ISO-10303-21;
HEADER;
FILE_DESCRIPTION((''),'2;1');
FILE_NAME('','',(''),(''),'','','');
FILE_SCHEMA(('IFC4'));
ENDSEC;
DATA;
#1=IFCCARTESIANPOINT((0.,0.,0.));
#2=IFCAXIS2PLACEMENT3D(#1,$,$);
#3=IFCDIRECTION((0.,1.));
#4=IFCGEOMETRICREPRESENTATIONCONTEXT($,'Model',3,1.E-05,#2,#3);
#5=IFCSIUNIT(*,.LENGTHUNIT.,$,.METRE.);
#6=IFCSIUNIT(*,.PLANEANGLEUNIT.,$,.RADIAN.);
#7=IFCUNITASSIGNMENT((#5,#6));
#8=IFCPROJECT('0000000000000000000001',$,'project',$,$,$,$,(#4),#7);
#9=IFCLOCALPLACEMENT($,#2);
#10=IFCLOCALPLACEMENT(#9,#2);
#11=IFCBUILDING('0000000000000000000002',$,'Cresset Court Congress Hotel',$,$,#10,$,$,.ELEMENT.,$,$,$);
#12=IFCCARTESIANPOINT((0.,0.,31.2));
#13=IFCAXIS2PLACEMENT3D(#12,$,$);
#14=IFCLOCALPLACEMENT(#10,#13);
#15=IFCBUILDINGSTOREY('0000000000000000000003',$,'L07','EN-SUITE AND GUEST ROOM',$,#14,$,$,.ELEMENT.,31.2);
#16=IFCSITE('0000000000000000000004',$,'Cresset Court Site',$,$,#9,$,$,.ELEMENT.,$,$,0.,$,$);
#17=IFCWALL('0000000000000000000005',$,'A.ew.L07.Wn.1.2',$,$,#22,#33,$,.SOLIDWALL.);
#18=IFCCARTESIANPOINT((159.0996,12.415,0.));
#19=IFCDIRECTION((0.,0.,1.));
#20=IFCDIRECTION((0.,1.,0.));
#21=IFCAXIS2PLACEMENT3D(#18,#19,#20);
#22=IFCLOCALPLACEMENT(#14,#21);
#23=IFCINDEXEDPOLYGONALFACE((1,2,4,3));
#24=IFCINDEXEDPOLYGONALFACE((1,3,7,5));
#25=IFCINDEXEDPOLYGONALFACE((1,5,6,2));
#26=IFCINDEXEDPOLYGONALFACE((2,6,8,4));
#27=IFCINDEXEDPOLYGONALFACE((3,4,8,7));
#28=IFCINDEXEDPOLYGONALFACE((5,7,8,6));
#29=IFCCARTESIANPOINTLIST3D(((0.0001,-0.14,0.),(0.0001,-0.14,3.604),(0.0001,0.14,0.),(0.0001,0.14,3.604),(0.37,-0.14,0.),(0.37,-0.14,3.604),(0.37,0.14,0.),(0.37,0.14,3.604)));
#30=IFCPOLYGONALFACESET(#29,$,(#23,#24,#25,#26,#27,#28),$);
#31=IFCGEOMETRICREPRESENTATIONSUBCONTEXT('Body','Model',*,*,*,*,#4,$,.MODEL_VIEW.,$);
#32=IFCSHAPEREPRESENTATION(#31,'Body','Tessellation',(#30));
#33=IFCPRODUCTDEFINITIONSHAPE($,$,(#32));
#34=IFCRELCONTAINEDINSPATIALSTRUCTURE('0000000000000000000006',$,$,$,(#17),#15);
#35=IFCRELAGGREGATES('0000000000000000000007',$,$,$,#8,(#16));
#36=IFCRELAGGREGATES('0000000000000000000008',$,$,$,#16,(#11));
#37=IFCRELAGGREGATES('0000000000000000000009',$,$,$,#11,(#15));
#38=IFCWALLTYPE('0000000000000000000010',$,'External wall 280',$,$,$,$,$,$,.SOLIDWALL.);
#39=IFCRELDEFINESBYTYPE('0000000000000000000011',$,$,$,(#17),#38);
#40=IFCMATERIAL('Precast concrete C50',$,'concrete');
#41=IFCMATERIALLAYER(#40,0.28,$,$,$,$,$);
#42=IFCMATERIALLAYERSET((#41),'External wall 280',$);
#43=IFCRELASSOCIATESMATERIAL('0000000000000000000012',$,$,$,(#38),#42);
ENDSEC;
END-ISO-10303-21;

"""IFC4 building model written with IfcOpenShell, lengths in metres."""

from ifc_helpers import new_model, si_unit, direction, frame, frame_2d, origin, place, context, subcontext, project, spatial, rectangle, extrude, material, layer, layer_set, type_object, element, save


model = new_model("IFC4")

# Units and contexts
model_context = context("Model", 3, precision=1e-05, world=origin(), true_north=direction((0.0, 1.0)))
body_context = subcontext(model_context, "Body", "Model", "MODEL_VIEW")
ifc_project = project(units=[si_unit("LENGTHUNIT", "METRE"), si_unit("PLANEANGLEUNIT", "RADIAN")], contexts=[model_context])

# Site, building, storey
site_placement = place(None, origin())
site = spatial("IfcSite", under=ifc_project, at=site_placement, Name="Cresset Court Site", CompositionType="ELEMENT", RefElevation=0.0)
building_placement = place(site_placement, origin())
building = spatial("IfcBuilding", under=site, at=building_placement, Name="Cresset Court Congress Hotel", CompositionType="ELEMENT")
storey_placement = place(building_placement, frame((0.0, 0.0, 31.2)))
storey = spatial("IfcBuildingStorey", under=building, at=storey_placement, Name="L07", Description="EN-SUITE AND GUEST ROOM", CompositionType="ELEMENT", Elevation=31.2)

# Shared definitions
ifc_material_1 = material(Name="Precast concrete C50", Category="concrete")
ifc_layer_1 = layer(ifc_material_1, 0.28)
ifc_layer_set_1 = layer_set([ifc_layer_1], Name="External wall 280")
wall_type_1 = type_object("IfcWallType", Name="External wall 280", PredefinedType="SOLIDWALL", material=ifc_layer_set_1)

# Wall
wall_1_placement = place(storey_placement, frame((159.0996, 12.415, 0.0), z_axis=(0.0, 0.0, 1.0), x_axis=(0.0, 1.0, 0.0)))
element("IfcWall", 1, at=wall_1_placement, inside=storey, type_object=wall_type_1, Name="A.ew.L07.Wn.1.2", PredefinedType="SOLIDWALL", context=body_context, shape_type="SweptSolid", body=[
    extrude(rectangle(XDim=0.3699, YDim=0.28, at=frame_2d((0.1851, 0.0))), origin(), (0.0, 0.0, 1.0), 3.604),
])

save(model, "model.ifc")
